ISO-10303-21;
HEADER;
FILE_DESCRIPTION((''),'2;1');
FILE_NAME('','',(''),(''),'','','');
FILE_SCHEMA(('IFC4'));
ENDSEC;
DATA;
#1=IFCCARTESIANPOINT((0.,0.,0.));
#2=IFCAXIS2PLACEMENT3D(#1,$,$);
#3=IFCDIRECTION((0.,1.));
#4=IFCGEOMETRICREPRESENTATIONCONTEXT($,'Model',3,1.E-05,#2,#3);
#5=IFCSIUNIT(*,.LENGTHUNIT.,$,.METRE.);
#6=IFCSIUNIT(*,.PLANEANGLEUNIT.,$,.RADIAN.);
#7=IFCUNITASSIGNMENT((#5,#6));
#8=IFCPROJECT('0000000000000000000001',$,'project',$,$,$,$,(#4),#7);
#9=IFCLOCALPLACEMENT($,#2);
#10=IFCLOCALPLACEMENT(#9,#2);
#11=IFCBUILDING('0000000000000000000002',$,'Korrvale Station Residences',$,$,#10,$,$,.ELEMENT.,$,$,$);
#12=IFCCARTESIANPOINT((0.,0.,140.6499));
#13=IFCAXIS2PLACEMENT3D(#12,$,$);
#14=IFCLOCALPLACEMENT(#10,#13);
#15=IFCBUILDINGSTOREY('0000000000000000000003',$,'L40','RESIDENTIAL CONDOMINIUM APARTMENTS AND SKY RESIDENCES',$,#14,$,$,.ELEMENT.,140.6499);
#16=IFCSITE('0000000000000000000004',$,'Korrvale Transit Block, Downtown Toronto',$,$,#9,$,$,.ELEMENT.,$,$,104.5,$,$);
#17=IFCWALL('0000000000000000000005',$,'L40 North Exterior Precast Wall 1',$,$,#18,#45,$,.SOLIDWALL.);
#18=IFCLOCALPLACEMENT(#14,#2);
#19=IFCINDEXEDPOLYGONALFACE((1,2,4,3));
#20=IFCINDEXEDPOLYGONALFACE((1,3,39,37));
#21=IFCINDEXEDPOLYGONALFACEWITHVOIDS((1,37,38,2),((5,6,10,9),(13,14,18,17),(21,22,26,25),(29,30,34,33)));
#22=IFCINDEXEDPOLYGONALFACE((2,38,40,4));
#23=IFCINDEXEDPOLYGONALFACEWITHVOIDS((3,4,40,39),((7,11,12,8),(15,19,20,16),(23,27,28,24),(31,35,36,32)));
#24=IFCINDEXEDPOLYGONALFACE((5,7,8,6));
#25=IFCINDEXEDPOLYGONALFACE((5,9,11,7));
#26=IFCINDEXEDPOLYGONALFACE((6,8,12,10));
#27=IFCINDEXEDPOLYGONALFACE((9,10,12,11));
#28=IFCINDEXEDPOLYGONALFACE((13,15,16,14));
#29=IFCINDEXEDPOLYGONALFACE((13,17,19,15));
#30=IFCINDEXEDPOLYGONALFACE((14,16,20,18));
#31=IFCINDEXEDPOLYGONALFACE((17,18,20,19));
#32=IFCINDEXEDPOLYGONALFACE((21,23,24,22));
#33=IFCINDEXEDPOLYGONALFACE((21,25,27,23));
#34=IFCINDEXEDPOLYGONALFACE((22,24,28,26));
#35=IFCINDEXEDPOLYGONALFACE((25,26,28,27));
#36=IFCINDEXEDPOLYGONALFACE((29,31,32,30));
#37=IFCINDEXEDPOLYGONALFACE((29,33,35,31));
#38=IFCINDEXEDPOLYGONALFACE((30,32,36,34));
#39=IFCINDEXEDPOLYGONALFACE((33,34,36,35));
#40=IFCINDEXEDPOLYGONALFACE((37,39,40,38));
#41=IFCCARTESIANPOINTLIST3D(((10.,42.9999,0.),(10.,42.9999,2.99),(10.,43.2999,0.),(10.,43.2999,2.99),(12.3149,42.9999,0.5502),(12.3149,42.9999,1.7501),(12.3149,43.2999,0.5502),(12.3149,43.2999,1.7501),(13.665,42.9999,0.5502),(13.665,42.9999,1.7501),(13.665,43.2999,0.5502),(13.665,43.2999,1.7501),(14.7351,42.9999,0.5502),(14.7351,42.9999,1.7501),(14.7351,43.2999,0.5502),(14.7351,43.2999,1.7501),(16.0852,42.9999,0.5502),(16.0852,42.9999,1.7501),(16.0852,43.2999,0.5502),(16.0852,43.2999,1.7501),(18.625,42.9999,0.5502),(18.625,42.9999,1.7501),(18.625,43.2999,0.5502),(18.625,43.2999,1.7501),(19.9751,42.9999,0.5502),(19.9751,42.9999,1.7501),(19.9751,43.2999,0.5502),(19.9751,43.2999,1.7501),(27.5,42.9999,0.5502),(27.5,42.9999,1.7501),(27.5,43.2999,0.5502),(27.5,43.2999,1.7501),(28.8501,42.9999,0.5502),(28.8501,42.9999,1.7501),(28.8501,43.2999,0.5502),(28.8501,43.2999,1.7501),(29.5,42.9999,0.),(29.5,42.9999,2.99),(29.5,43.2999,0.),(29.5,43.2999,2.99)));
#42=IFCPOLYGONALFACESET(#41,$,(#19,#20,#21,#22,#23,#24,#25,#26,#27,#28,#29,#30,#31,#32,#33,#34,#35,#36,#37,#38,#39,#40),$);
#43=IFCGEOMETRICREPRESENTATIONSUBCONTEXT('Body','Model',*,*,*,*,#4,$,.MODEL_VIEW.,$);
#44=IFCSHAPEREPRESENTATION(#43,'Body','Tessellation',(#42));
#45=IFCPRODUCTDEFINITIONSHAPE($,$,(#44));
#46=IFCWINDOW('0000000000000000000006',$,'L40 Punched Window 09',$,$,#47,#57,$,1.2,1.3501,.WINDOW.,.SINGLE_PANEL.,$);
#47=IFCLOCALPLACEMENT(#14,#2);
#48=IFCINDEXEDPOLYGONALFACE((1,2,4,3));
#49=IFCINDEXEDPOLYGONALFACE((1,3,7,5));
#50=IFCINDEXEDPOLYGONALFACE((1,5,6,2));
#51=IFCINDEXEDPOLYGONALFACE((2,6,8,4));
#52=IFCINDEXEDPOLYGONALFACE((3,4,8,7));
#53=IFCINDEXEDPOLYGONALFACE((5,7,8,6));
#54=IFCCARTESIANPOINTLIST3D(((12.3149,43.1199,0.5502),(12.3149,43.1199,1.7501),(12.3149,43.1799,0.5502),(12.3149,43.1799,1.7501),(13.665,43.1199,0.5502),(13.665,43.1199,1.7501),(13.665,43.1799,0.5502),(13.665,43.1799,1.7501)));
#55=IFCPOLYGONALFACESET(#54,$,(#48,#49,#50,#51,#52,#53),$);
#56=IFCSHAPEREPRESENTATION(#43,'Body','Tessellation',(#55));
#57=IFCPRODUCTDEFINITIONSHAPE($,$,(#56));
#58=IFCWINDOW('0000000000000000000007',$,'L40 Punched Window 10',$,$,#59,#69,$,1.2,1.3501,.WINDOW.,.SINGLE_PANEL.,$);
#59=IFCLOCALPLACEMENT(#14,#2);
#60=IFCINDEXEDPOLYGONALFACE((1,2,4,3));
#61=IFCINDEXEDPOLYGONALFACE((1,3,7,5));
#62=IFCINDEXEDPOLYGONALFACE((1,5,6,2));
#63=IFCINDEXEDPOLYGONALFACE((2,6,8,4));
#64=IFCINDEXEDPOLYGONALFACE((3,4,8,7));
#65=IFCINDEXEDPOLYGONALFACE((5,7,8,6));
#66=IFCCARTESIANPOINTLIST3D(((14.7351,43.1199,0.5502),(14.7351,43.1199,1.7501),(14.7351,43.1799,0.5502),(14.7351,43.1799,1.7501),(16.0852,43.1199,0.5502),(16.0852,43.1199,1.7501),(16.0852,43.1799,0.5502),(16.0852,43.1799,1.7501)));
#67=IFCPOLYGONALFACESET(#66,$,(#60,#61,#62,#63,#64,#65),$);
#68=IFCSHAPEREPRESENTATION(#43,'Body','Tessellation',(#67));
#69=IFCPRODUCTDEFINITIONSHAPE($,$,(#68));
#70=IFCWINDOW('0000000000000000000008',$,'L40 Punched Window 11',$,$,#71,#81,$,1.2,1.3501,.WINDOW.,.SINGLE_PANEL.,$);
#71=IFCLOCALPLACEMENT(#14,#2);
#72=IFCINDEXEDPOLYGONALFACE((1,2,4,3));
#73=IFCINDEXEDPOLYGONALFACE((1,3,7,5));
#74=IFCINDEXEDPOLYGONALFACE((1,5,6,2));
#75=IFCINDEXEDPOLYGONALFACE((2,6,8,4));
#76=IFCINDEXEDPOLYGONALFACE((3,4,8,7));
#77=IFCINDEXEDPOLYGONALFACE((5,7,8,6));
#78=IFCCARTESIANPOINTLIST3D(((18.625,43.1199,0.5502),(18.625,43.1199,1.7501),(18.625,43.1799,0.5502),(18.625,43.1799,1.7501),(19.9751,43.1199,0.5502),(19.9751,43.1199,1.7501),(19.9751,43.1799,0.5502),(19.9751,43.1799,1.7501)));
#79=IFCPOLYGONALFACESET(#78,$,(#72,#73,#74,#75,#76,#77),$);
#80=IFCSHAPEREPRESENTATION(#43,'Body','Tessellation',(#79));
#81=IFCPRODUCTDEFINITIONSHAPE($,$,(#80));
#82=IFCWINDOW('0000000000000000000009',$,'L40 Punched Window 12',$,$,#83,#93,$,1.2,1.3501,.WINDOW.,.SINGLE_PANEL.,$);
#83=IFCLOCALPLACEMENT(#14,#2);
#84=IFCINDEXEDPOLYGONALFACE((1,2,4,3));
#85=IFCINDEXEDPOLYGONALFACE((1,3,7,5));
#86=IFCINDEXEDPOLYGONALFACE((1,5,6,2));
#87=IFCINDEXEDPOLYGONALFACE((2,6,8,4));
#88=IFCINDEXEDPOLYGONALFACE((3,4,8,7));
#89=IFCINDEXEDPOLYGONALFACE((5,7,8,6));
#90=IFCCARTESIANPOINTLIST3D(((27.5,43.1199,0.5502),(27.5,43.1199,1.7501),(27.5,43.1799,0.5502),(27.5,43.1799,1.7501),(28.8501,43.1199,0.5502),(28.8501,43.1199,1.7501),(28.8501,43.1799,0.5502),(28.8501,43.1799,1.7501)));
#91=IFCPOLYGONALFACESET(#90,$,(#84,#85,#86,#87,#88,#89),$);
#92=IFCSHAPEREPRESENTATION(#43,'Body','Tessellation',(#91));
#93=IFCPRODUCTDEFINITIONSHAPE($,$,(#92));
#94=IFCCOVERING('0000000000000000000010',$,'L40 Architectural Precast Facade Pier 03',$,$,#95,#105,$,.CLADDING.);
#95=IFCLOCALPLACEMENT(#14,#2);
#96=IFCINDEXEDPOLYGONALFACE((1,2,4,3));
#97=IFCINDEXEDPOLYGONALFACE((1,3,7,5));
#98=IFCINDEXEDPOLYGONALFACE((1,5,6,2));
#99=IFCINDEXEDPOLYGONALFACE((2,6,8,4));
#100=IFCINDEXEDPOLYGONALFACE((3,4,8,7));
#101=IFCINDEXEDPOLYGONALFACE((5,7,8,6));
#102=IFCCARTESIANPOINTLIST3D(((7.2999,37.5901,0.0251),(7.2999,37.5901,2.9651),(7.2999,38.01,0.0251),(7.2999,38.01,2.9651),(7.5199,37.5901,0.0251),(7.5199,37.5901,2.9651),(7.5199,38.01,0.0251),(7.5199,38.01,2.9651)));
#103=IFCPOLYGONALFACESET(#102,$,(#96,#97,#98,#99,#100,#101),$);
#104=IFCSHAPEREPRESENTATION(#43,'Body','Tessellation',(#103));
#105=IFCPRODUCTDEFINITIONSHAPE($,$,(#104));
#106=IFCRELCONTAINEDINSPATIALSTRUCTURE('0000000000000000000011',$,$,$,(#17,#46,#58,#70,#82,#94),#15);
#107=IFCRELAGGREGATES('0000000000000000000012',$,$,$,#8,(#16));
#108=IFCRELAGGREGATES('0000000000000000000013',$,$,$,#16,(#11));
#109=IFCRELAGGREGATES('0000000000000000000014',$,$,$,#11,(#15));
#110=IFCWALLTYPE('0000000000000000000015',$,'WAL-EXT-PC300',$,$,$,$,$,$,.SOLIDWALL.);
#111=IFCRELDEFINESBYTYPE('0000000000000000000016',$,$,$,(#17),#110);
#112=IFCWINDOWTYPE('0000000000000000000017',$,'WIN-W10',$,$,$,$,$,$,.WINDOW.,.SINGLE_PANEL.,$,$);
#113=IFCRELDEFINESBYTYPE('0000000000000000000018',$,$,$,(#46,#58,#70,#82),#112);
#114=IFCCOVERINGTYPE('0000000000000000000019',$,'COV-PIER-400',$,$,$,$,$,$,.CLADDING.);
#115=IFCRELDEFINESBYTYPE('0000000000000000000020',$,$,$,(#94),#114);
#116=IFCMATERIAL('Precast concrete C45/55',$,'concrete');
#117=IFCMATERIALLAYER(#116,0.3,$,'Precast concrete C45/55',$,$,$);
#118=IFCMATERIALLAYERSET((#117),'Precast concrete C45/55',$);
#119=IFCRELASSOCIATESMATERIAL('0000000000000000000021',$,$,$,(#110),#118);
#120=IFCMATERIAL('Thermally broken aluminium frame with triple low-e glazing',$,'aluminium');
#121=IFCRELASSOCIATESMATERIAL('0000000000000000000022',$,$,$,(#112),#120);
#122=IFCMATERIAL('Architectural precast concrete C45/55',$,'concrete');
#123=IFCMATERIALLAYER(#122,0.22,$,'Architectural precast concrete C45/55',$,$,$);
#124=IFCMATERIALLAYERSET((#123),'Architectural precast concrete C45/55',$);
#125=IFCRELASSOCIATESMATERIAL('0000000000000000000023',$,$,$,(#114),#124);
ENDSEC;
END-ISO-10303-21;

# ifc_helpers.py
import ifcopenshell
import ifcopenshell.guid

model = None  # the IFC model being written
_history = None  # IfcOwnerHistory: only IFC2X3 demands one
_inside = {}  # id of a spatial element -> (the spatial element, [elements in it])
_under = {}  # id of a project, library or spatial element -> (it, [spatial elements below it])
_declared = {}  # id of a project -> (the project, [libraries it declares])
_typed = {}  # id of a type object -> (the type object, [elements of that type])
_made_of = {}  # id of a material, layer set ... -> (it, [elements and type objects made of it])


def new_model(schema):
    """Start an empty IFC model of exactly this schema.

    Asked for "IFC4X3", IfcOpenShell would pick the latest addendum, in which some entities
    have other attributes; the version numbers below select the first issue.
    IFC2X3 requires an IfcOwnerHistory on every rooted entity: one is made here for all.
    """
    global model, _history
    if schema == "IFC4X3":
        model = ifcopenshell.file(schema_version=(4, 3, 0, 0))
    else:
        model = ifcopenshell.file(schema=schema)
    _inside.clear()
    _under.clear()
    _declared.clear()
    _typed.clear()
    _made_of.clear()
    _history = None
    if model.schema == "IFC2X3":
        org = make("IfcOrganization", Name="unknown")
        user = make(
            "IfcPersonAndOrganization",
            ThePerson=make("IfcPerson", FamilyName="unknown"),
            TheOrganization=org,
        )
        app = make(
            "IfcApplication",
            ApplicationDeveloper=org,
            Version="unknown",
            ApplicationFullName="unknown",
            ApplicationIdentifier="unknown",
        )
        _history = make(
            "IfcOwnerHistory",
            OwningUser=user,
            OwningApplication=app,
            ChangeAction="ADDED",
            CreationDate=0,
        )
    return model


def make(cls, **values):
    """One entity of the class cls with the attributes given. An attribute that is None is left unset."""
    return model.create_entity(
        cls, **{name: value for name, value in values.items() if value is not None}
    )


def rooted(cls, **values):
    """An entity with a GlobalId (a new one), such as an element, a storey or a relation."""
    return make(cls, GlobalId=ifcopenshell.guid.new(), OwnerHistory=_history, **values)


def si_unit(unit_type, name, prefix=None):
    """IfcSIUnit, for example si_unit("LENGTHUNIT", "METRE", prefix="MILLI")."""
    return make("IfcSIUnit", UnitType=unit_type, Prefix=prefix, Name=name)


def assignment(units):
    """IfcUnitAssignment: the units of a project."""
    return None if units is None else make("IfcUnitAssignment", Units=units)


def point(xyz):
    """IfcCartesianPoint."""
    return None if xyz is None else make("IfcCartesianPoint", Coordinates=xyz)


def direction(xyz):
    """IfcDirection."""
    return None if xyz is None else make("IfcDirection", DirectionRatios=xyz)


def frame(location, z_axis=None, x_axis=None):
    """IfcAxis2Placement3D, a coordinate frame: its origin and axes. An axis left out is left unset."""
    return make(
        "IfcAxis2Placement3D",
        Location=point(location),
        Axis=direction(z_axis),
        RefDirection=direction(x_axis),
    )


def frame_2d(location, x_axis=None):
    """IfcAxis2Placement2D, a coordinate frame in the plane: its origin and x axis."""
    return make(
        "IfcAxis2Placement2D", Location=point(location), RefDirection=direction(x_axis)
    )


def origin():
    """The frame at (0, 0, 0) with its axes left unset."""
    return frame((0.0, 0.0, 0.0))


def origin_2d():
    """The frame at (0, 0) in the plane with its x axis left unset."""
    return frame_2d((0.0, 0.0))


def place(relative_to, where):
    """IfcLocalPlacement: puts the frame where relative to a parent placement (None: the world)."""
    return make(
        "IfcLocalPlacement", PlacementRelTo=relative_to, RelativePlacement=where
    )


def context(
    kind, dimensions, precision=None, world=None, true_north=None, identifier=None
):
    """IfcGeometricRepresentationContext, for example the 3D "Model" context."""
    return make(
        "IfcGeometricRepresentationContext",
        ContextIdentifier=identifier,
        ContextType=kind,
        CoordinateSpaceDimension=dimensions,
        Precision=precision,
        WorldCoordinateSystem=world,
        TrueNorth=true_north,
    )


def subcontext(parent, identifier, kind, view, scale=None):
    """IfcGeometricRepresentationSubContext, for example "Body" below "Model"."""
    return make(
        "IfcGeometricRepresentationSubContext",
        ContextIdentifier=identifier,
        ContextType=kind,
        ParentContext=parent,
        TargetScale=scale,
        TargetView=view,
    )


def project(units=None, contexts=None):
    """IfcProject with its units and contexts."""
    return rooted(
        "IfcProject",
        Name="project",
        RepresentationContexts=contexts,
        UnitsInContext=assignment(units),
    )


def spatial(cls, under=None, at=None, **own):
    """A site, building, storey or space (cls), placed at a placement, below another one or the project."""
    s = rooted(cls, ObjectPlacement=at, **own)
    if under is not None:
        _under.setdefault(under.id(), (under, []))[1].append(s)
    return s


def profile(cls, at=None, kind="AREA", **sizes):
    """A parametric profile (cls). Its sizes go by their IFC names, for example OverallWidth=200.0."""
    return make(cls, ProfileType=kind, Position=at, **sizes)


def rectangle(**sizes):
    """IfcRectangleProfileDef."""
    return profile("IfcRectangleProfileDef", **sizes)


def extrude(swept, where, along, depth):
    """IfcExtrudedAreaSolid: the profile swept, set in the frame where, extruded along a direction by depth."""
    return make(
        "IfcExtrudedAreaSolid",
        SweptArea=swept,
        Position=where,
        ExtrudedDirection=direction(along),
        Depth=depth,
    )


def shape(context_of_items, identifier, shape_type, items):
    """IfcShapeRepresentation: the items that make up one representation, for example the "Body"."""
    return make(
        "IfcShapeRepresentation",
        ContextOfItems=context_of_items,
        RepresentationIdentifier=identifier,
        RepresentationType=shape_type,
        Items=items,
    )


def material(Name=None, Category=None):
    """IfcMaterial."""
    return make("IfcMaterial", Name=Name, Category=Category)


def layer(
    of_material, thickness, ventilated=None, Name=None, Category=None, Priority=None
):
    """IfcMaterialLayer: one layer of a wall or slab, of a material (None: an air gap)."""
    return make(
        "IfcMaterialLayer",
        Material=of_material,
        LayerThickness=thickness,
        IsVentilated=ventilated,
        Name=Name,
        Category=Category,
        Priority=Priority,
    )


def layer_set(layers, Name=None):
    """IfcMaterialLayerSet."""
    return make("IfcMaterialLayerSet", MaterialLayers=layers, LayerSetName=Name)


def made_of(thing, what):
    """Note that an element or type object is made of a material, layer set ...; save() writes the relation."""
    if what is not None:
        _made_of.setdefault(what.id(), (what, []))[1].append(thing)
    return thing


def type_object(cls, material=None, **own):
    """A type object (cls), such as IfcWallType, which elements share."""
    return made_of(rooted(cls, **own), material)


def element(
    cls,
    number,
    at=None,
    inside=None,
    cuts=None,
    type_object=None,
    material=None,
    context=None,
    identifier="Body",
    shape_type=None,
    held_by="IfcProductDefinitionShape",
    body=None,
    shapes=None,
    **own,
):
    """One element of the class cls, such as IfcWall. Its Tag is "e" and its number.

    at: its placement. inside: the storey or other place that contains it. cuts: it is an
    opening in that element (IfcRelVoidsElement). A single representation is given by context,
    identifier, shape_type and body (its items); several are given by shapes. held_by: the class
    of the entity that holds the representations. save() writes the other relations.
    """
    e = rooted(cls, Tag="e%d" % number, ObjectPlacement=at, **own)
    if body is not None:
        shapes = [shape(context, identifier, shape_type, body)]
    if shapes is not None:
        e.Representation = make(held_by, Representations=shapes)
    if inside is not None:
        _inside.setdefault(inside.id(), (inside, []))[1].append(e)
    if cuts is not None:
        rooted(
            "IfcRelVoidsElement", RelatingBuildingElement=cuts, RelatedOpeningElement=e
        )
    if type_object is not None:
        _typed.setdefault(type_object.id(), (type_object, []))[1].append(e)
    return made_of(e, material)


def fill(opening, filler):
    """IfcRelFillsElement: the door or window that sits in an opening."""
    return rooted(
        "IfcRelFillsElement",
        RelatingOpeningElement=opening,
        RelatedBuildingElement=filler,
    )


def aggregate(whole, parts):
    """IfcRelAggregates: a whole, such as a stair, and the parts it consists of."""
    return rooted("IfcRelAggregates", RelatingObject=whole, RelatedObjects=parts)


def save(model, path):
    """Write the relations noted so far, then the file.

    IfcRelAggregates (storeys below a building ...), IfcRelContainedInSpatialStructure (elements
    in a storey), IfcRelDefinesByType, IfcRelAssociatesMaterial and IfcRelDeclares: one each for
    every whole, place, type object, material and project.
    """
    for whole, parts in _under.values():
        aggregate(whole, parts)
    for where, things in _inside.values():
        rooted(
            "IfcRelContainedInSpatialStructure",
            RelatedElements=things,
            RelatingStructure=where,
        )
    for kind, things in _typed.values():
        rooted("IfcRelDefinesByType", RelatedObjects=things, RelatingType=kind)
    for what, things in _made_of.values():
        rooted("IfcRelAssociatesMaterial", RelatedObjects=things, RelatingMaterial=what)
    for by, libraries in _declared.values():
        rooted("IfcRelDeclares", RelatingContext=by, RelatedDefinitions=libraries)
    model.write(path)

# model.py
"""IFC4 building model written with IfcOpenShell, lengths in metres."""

from ifc_helpers import new_model, si_unit, direction, frame, frame_2d, origin, origin_2d, place, context, subcontext, project, spatial, rectangle, extrude, material, layer, layer_set, type_object, element, fill, save


model = new_model("IFC4")

# Units and contexts
model_context = context("Model", 3, precision=1e-05, world=origin(), true_north=direction((0.0, 1.0)))
body_context = subcontext(model_context, "Body", "Model", "MODEL_VIEW")
ifc_project = project(units=[si_unit("LENGTHUNIT", "METRE"), si_unit("PLANEANGLEUNIT", "RADIAN")], contexts=[model_context])

# Site, building, storey
site_placement = place(None, origin())
site = spatial("IfcSite", under=ifc_project, at=site_placement, Name="Korrvale Transit Block, Downtown Toronto", CompositionType="ELEMENT", RefElevation=104.5)
building_placement = place(site_placement, origin())
building = spatial("IfcBuilding", under=site, at=building_placement, Name="Korrvale Station Residences", CompositionType="ELEMENT")
storey_placement = place(building_placement, frame((0.0, 0.0, 140.6499)))
storey = spatial("IfcBuildingStorey", under=building, at=storey_placement, Name="L40", Description="RESIDENTIAL CONDOMINIUM APARTMENTS AND SKY RESIDENCES", CompositionType="ELEMENT", Elevation=140.6499)

# Shared definitions
ifc_material_1 = material(Name="Precast concrete C45/55", Category="concrete")

# Wall, openings, windows
ifc_layer_1 = layer(ifc_material_1, 0.3, Name="Precast concrete C45/55")
ifc_layer_set_1 = layer_set([ifc_layer_1], Name="Precast concrete C45/55")
wall_type_1 = type_object("IfcWallType", Name="WAL-EXT-PC300", PredefinedType="SOLIDWALL", material=ifc_layer_set_1)
wall_1_placement = place(storey_placement, frame((10.0, 43.1499, 0.0), z_axis=(0.0, 0.0, 1.0), x_axis=(1.0, 0.0, 0.0)))
wall_1 = element("IfcWall", 1, at=wall_1_placement, inside=storey, type_object=wall_type_1, Name="L40 North Exterior Precast Wall 1", PredefinedType="SOLIDWALL", context=body_context, shape_type="SweptSolid", body=[
    extrude(rectangle(XDim=19.5, YDim=0.3, at=frame_2d((9.75, 0.0))), origin(), (0.0, 0.0, 1.0), 2.99),
])
opening_1_placement = place(wall_1_placement, frame((2.3149, 0.0, 0.55)))
opening_1 = element("IfcOpeningElement", 2, at=opening_1_placement, cuts=wall_1, PredefinedType="OPENING", context=body_context, shape_type="SweptSolid", body=[
    extrude(rectangle(XDim=1.3501, YDim=1.2, at=frame_2d((0.675, 0.6001))), frame((0.0, 0.1602, 0.0), z_axis=(0.0, -1.0, 0.0), x_axis=(1.0, 0.0, 0.0)), (0.0, 0.0, 1.0), 0.3201),
])
opening_2_placement = place(wall_1_placement, frame((4.7351, 0.0, 0.55)))
opening_2 = element("IfcOpeningElement", 3, at=opening_2_placement, cuts=wall_1, PredefinedType="OPENING", context=body_context, shape_type="SweptSolid", body=[
    extrude(rectangle(XDim=1.3501, YDim=1.2, at=frame_2d((0.675, 0.6001))), frame((0.0, 0.1602, 0.0), z_axis=(0.0, -1.0, 0.0), x_axis=(1.0, 0.0, 0.0)), (0.0, 0.0, 1.0), 0.3201),
])
opening_3_placement = place(wall_1_placement, frame((8.625, 0.0, 0.55)))
opening_3 = element("IfcOpeningElement", 4, at=opening_3_placement, cuts=wall_1, PredefinedType="OPENING", context=body_context, shape_type="SweptSolid", body=[
    extrude(rectangle(XDim=1.3501, YDim=1.2, at=frame_2d((0.675, 0.6001))), frame((0.0, 0.1602, 0.0), z_axis=(0.0, -1.0, 0.0), x_axis=(1.0, 0.0, 0.0)), (0.0, 0.0, 1.0), 0.3201),
])
opening_4_placement = place(wall_1_placement, frame((17.5, 0.0, 0.55)))
opening_4 = element("IfcOpeningElement", 5, at=opening_4_placement, cuts=wall_1, PredefinedType="OPENING", context=body_context, shape_type="SweptSolid", body=[
    extrude(rectangle(XDim=1.3501, YDim=1.2, at=frame_2d((0.675, 0.6001))), frame((0.0, 0.1602, 0.0), z_axis=(0.0, -1.0, 0.0), x_axis=(1.0, 0.0, 0.0)), (0.0, 0.0, 1.0), 0.3201),
])
ifc_material_2 = material(Name="Thermally broken aluminium frame with triple low-e glazing", Category="aluminium")
window_type = type_object("IfcWindowType", Name="WIN-W10", PartitioningType="SINGLE_PANEL", PredefinedType="WINDOW", material=ifc_material_2)
window_1_placement = place(opening_1_placement, origin())
window_1 = element("IfcWindow", 6, at=window_1_placement, inside=storey, type_object=window_type, Name="L40 Punched Window 09", OverallHeight=1.2, OverallWidth=1.3501, PartitioningType="SINGLE_PANEL", PredefinedType="WINDOW", context=body_context, shape_type="SweptSolid", body=[
    extrude(rectangle(XDim=1.3501, YDim=1.2, at=frame_2d((0.675, 0.6001))), frame((0.0, 0.03, 0.0), z_axis=(0.0, -1.0, 0.0), x_axis=(1.0, 0.0, 0.0)), (0.0, 0.0, 1.0), 0.0601),
])
fill(opening_1, window_1)
window_2_placement = place(opening_2_placement, origin())
window_2 = element("IfcWindow", 7, at=window_2_placement, inside=storey, type_object=window_type, Name="L40 Punched Window 10", OverallHeight=1.2, OverallWidth=1.3501, PartitioningType="SINGLE_PANEL", PredefinedType="WINDOW", context=body_context, shape_type="SweptSolid", body=[
    extrude(rectangle(XDim=1.3501, YDim=1.2, at=frame_2d((0.675, 0.6001))), frame((0.0, 0.03, 0.0), z_axis=(0.0, -1.0, 0.0), x_axis=(1.0, 0.0, 0.0)), (0.0, 0.0, 1.0), 0.0601),
])
fill(opening_2, window_2)
window_3_placement = place(opening_3_placement, origin())
window_3 = element("IfcWindow", 8, at=window_3_placement, inside=storey, type_object=window_type, Name="L40 Punched Window 11", OverallHeight=1.2, OverallWidth=1.3501, PartitioningType="SINGLE_PANEL", PredefinedType="WINDOW", context=body_context, shape_type="SweptSolid", body=[
    extrude(rectangle(XDim=1.3501, YDim=1.2, at=frame_2d((0.675, 0.6001))), frame((0.0, 0.03, 0.0), z_axis=(0.0, -1.0, 0.0), x_axis=(1.0, 0.0, 0.0)), (0.0, 0.0, 1.0), 0.0601),
])
fill(opening_3, window_3)
window_4_placement = place(opening_4_placement, origin())
window_4 = element("IfcWindow", 9, at=window_4_placement, inside=storey, type_object=window_type, Name="L40 Punched Window 12", OverallHeight=1.2, OverallWidth=1.3501, PartitioningType="SINGLE_PANEL", PredefinedType="WINDOW", context=body_context, shape_type="SweptSolid", body=[
    extrude(rectangle(XDim=1.3501, YDim=1.2, at=frame_2d((0.675, 0.6001))), frame((0.0, 0.03, 0.0), z_axis=(0.0, -1.0, 0.0), x_axis=(1.0, 0.0, 0.0)), (0.0, 0.0, 1.0), 0.0601),
])
fill(opening_4, window_4)

# Covering
ifc_material_3 = material(Name="Architectural precast concrete C45/55", Category="concrete")
ifc_layer_2 = layer(ifc_material_3, 0.22, Name="Architectural precast concrete C45/55")
ifc_layer_set_2 = layer_set([ifc_layer_2], Name="Architectural precast concrete C45/55")
covering_type = type_object("IfcCoveringType", Name="COV-PIER-400", PredefinedType="CLADDING", material=ifc_layer_set_2)
covering_placement = place(storey_placement, frame((7.4099, 37.8, 0.0251), z_axis=(0.0, 0.0, 1.0), x_axis=(0.0, 1.0, 0.0)))
element("IfcCovering", 10, at=covering_placement, inside=storey, type_object=covering_type, Name="L40 Architectural Precast Facade Pier 03", PredefinedType="CLADDING", context=body_context, shape_type="SweptSolid", body=[
    extrude(rectangle(XDim=0.4199, YDim=0.22, at=origin_2d()), origin(), (0.0, 0.0, 1.0), 2.9399),
])

save(model, "model.ifc")
